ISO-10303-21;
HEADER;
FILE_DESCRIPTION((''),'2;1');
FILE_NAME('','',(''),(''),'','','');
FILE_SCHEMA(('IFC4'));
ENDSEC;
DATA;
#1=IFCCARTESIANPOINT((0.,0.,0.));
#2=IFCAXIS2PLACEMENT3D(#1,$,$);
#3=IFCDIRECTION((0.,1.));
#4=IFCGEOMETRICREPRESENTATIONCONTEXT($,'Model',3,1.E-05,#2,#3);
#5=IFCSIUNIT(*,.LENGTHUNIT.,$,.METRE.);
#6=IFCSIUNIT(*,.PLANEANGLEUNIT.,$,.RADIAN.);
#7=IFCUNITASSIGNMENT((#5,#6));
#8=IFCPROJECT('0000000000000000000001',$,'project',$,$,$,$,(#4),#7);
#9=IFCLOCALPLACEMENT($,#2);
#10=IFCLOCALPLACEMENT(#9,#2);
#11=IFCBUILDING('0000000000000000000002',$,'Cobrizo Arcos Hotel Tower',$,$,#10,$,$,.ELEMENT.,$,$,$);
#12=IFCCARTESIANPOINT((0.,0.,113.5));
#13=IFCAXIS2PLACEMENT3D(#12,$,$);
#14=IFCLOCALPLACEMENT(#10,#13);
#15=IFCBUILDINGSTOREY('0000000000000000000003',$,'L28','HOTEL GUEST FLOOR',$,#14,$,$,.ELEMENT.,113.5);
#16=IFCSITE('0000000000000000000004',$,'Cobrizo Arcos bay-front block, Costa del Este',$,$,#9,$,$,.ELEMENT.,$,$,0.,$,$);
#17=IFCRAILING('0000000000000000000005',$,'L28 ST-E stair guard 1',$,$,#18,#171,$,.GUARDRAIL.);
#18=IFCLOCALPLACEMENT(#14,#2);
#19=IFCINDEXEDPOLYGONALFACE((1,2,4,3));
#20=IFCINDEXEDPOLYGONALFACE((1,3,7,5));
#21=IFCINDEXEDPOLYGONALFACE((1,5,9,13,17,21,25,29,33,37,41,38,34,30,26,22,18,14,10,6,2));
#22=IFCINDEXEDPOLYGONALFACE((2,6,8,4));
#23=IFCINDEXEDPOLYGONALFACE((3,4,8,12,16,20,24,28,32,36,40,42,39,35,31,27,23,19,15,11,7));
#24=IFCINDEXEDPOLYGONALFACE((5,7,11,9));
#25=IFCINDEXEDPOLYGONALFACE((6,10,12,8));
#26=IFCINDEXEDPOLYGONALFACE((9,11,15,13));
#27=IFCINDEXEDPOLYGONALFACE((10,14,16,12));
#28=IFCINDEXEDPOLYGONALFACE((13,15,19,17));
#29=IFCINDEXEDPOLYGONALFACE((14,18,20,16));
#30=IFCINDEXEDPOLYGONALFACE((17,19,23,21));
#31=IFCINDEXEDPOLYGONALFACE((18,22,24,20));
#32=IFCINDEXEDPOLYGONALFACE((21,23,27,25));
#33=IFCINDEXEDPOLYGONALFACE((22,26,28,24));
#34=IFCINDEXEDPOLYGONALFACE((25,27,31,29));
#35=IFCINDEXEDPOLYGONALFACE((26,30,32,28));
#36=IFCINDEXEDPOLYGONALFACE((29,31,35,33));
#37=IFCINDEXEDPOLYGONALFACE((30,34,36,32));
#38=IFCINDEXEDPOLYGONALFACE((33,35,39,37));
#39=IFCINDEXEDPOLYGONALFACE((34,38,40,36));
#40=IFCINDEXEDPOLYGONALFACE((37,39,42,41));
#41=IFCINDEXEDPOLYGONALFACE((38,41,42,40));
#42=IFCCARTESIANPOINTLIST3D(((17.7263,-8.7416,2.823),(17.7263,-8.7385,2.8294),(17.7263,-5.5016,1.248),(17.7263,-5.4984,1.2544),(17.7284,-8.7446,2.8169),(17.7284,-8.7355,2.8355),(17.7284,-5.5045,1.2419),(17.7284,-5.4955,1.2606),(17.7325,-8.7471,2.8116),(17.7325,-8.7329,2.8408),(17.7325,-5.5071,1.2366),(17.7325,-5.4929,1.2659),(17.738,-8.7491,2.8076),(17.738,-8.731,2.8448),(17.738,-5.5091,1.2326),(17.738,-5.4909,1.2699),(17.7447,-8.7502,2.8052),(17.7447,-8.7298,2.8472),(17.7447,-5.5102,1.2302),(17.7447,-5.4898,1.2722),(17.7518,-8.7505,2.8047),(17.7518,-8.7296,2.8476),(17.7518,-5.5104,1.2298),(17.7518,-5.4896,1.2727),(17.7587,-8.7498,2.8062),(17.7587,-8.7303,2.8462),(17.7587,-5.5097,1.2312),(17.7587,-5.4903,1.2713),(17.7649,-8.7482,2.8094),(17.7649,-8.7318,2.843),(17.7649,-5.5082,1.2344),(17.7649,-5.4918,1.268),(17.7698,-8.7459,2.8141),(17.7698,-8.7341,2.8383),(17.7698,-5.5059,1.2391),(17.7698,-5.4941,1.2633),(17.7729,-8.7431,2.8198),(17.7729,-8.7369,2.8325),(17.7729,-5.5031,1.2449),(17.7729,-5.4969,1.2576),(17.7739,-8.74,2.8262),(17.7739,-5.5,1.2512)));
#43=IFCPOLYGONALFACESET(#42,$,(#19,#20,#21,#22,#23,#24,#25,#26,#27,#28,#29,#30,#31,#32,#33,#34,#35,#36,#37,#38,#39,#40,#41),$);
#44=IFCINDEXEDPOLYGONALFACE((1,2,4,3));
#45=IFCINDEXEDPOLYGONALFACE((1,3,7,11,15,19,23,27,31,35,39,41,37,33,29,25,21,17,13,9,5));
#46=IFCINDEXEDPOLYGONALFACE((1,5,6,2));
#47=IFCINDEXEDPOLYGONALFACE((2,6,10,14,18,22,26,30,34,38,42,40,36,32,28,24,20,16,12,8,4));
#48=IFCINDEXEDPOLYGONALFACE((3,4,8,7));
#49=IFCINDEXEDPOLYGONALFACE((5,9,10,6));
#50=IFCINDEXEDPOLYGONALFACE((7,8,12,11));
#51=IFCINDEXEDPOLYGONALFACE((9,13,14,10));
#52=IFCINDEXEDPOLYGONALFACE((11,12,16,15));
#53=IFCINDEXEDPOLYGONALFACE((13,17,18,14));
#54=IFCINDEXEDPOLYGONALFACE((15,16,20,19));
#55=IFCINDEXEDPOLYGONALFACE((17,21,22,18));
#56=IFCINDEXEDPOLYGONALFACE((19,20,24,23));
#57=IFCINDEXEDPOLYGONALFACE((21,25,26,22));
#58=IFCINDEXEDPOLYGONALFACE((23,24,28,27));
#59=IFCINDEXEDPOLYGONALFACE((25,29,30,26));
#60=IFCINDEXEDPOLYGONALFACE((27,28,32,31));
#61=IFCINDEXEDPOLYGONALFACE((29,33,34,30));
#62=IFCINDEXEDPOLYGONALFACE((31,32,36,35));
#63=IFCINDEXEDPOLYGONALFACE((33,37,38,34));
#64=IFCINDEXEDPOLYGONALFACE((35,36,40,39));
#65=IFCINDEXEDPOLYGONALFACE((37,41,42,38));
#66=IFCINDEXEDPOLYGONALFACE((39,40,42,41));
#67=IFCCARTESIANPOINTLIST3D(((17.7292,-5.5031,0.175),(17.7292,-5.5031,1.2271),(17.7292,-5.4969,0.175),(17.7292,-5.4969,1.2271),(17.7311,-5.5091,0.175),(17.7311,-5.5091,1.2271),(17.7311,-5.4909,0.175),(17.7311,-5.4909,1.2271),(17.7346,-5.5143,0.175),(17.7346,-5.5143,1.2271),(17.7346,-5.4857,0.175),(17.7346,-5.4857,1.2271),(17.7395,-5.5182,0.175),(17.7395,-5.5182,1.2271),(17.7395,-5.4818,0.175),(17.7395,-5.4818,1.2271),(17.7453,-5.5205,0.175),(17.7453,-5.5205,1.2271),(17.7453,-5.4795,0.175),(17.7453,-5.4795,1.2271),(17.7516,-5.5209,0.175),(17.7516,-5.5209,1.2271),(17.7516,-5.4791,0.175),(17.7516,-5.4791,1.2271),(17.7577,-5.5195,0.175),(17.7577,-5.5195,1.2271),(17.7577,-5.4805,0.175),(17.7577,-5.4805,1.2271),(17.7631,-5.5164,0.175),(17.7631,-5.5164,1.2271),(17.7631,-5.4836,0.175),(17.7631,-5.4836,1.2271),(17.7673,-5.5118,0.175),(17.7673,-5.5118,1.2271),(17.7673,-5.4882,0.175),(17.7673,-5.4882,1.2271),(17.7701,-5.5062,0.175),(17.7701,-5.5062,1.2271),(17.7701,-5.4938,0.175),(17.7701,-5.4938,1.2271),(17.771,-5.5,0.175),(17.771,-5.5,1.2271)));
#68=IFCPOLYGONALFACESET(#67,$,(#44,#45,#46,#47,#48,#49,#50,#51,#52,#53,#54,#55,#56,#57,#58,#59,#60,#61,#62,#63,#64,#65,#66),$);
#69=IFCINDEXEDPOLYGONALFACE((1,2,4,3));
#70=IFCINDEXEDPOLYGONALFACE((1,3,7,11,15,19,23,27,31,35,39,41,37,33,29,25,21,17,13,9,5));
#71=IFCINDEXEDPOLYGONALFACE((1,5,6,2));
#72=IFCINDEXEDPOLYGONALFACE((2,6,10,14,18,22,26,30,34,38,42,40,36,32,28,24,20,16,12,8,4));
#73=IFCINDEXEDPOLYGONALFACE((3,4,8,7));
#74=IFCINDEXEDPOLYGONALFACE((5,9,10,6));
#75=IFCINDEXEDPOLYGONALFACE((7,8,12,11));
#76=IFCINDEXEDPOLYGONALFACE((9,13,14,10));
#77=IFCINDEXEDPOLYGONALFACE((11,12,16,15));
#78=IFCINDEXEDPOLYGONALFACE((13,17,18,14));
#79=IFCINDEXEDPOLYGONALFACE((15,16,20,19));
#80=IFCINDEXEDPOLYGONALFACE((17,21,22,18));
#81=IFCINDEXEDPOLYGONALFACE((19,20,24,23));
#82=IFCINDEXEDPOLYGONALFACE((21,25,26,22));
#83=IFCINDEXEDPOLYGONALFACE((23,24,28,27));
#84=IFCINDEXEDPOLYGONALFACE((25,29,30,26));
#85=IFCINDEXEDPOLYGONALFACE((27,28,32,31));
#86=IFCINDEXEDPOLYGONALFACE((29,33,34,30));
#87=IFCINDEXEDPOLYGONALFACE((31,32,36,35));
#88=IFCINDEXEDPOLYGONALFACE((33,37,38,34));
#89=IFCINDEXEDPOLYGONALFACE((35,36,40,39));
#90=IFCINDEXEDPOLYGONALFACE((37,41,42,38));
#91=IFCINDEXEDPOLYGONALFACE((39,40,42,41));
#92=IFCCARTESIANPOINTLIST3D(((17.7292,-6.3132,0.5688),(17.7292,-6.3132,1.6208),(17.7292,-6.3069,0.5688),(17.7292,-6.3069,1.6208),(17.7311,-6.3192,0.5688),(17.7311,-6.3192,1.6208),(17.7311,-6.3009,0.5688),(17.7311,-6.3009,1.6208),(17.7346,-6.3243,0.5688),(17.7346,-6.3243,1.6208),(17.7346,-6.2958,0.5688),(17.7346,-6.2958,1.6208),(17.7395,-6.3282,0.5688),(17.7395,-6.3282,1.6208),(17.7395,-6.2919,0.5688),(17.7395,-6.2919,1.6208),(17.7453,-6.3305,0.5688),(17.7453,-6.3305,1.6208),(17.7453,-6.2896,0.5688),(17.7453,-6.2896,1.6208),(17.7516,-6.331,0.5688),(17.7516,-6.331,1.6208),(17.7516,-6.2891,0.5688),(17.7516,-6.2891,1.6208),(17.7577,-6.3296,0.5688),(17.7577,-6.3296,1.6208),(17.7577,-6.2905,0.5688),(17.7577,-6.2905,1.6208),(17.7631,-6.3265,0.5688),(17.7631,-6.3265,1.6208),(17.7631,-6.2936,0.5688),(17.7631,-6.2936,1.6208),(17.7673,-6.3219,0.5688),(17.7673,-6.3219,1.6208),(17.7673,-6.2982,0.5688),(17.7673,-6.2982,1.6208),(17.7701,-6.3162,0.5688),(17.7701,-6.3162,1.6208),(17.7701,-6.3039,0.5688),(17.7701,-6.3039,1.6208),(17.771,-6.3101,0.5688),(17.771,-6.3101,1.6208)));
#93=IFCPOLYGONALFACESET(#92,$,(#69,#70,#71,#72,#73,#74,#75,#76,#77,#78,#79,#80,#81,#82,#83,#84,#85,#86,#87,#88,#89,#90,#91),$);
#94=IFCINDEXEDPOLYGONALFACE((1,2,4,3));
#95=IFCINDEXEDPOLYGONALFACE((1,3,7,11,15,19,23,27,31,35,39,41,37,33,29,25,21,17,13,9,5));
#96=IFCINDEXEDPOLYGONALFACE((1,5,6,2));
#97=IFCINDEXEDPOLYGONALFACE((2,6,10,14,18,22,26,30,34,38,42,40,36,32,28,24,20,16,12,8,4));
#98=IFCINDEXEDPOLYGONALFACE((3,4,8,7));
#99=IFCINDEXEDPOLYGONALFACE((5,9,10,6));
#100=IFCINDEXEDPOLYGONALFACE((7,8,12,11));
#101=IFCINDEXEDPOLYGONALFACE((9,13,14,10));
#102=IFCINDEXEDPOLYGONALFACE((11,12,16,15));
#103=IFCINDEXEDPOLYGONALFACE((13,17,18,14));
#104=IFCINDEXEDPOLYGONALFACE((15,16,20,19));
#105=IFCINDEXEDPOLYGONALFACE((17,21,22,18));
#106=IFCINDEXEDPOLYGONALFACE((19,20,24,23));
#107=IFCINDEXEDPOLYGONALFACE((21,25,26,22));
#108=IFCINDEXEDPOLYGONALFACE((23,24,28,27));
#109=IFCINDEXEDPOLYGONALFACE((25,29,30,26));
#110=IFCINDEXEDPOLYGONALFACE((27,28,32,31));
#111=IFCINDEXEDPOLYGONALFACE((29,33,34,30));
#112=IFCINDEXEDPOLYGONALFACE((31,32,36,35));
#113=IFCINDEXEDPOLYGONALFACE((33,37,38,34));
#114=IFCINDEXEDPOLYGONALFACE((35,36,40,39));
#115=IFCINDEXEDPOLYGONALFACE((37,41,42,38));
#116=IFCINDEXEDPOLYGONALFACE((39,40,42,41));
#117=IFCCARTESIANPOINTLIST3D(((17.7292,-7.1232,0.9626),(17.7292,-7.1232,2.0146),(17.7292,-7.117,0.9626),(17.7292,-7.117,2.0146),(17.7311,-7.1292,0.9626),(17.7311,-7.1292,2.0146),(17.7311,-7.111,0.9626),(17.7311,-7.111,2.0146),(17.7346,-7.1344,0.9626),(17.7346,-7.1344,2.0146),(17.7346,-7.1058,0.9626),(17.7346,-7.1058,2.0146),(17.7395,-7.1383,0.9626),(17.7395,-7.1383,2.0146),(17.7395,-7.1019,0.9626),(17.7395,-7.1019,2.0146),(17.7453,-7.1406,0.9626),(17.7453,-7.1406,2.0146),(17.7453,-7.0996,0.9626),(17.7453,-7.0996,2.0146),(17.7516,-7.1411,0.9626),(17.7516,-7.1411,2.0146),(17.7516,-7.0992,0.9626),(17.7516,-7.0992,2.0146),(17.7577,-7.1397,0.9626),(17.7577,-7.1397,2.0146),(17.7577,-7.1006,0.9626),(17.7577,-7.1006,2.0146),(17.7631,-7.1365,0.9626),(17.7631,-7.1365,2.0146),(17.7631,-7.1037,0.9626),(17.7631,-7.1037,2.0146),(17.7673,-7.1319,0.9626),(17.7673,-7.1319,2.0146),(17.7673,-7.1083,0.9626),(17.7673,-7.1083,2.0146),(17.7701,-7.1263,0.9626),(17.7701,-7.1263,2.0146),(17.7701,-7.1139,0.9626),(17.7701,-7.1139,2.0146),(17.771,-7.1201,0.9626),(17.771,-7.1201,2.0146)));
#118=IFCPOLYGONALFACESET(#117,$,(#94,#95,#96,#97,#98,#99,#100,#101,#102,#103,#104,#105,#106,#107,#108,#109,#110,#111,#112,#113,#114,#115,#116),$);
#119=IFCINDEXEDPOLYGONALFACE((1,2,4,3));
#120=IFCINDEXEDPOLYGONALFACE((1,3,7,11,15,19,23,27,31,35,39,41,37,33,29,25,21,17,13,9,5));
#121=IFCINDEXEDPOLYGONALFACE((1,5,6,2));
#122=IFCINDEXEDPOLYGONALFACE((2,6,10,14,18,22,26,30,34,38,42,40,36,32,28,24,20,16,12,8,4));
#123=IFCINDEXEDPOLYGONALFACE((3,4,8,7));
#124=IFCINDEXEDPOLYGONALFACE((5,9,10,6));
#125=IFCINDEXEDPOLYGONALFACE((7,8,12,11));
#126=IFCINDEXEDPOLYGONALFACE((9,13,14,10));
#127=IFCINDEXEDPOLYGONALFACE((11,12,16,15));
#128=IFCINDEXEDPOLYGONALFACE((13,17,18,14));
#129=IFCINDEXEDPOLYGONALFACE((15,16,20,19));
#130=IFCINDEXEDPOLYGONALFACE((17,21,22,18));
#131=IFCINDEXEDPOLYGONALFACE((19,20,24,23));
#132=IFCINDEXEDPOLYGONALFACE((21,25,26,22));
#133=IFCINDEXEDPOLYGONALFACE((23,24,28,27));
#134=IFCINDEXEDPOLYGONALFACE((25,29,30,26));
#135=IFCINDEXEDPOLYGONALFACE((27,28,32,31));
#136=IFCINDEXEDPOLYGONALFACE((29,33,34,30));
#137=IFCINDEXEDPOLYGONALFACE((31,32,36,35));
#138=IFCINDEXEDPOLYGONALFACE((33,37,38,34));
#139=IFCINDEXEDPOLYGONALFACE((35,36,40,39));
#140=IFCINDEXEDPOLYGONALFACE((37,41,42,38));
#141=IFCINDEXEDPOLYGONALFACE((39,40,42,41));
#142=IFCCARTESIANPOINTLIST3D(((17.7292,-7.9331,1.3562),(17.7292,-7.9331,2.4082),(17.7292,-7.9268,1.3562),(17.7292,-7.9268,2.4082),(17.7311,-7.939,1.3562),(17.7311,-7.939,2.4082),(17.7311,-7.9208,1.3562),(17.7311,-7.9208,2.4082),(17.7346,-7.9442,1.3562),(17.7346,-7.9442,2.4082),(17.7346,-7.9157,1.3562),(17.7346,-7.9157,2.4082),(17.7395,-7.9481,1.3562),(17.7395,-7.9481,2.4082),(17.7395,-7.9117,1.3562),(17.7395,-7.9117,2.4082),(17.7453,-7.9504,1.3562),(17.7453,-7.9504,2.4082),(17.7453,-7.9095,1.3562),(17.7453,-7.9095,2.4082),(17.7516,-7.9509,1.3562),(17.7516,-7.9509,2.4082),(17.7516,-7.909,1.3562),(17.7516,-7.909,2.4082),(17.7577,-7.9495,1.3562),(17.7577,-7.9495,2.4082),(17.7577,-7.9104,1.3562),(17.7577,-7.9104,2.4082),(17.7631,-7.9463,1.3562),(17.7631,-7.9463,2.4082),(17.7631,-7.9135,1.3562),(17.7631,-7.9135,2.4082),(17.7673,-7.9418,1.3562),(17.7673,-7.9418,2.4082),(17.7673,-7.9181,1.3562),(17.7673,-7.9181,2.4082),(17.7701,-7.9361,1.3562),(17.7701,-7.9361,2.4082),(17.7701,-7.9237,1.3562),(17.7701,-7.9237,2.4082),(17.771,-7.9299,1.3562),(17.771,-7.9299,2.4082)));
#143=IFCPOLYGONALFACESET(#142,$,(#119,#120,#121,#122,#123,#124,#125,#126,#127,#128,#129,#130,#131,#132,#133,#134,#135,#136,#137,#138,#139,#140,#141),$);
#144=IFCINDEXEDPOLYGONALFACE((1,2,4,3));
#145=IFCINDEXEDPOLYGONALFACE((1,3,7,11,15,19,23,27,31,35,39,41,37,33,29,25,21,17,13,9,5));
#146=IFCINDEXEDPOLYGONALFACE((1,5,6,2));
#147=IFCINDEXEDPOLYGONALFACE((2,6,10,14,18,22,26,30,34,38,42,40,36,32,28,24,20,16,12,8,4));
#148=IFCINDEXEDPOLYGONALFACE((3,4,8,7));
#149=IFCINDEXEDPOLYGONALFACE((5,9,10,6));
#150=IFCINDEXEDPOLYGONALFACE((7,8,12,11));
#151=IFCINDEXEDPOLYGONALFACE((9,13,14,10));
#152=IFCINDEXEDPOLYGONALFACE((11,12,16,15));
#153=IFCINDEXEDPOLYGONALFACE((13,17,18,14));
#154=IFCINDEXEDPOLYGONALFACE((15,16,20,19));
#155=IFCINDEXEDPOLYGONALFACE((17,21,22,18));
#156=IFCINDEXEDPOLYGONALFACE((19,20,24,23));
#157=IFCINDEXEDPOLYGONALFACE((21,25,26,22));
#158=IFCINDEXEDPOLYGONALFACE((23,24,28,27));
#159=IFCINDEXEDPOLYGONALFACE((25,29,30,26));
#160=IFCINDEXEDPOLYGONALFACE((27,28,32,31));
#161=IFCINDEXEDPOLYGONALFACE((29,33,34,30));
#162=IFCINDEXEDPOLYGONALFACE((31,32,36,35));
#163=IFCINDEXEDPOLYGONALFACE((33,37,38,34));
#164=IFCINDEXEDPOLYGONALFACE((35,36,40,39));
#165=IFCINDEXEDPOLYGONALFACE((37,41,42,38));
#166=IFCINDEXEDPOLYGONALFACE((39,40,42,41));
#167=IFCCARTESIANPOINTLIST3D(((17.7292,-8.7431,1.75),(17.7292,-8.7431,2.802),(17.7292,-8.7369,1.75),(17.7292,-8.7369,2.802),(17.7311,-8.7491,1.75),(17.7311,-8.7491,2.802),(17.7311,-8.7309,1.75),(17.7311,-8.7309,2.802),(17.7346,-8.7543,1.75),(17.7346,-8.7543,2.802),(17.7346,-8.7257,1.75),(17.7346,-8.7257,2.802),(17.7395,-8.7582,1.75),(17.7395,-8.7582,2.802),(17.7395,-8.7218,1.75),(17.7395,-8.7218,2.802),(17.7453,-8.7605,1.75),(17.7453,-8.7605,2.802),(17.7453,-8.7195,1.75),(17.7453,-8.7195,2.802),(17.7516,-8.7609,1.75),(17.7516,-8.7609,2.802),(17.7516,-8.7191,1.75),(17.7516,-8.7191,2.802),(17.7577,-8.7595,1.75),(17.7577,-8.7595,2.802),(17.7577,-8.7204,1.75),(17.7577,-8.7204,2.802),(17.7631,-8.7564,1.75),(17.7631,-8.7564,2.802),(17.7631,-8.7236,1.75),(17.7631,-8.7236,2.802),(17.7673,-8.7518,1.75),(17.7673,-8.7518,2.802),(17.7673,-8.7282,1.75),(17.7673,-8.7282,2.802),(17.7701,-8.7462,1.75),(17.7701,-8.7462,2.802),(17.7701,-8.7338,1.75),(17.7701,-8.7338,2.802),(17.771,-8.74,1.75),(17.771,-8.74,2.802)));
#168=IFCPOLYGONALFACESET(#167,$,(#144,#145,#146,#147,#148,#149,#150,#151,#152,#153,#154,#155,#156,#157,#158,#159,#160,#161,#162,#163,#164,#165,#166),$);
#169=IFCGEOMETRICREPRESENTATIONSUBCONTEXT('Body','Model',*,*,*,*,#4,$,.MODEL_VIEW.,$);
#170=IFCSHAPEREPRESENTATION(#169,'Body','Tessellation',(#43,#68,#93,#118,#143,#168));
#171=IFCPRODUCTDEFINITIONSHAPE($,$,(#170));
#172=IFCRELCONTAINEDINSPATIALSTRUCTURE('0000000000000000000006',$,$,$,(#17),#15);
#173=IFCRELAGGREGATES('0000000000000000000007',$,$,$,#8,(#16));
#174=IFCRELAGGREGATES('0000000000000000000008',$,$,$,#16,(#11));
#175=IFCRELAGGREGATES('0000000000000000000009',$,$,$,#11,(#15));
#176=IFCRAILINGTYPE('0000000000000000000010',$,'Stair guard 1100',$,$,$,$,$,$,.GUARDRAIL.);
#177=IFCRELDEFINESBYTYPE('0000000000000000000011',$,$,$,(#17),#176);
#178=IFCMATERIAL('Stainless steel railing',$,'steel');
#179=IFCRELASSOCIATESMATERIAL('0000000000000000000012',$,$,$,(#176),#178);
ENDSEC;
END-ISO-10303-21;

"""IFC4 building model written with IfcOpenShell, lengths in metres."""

from ifc_helpers import new_model, si_unit, direction, frame, origin, origin_2d, place, context, subcontext, project, spatial, circle, extrude, material, type_object, element, save


model = new_model("IFC4")

# Units and contexts
model_context = context("Model", 3, precision=1e-05, world=origin(), true_north=direction((0.0, 1.0)))
body_context = subcontext(model_context, "Body", "Model", "MODEL_VIEW")
ifc_project = project(units=[si_unit("LENGTHUNIT", "METRE"), si_unit("PLANEANGLEUNIT", "RADIAN")], contexts=[model_context])

# Site, building, storey
site_placement = place(None, origin())
site = spatial("IfcSite", under=ifc_project, at=site_placement, Name="Cobrizo Arcos bay-front block, Costa del Este", CompositionType="ELEMENT", RefElevation=0.0)
building_placement = place(site_placement, origin())
building = spatial("IfcBuilding", under=site, at=building_placement, Name="Cobrizo Arcos Hotel Tower", CompositionType="ELEMENT")
storey_placement = place(building_placement, frame((0.0, 0.0, 113.5)))
storey = spatial("IfcBuildingStorey", under=building, at=storey_placement, Name="L28", Description="HOTEL GUEST FLOOR", CompositionType="ELEMENT", Elevation=113.5)

# Railing
ifc_material_1 = material(Name="Stainless steel railing", Category="steel")
railing_type_1 = type_object("IfcRailingType", Name="Stair guard 1100", PredefinedType="GUARDRAIL", material=ifc_material_1)
railing_1_placement = place(storey_placement, frame((17.75, -5.5, 0.175)))
element("IfcRailing", 1, at=railing_1_placement, inside=storey, type_object=railing_type_1, Name="L28 ST-E stair guard 1", PredefinedType="GUARDRAIL", context=body_context, shape_type="SweptSolid", body=[
    extrude(circle(Radius=0.0239, at=origin_2d()), frame((0.0, 0.0, 1.0762), z_axis=(0.0, -0.899373, 0.437183), x_axis=(1.0, 0.0, 0.0)), (0.0, 0.0, 1.0), 3.6025),
    extrude(circle(Radius=0.021, at=origin_2d()), origin(), (0.0, 0.0, 1.0), 1.052),
    extrude(circle(Radius=0.021, at=origin_2d()), frame((0.0, -0.8101, 0.3938)), (0.0, 0.0, 1.0), 1.052),
    extrude(circle(Radius=0.021, at=origin_2d()), frame((0.0, -1.6201, 0.7876)), (0.0, 0.0, 1.0), 1.052),
    extrude(circle(Radius=0.021, at=origin_2d()), frame((0.0, -2.4299, 1.1812)), (0.0, 0.0, 1.0), 1.052),
    extrude(circle(Radius=0.021, at=origin_2d()), frame((0.0, -3.24, 1.575)), (0.0, 0.0, 1.0), 1.052),
])

save(model, "model.ifc")
